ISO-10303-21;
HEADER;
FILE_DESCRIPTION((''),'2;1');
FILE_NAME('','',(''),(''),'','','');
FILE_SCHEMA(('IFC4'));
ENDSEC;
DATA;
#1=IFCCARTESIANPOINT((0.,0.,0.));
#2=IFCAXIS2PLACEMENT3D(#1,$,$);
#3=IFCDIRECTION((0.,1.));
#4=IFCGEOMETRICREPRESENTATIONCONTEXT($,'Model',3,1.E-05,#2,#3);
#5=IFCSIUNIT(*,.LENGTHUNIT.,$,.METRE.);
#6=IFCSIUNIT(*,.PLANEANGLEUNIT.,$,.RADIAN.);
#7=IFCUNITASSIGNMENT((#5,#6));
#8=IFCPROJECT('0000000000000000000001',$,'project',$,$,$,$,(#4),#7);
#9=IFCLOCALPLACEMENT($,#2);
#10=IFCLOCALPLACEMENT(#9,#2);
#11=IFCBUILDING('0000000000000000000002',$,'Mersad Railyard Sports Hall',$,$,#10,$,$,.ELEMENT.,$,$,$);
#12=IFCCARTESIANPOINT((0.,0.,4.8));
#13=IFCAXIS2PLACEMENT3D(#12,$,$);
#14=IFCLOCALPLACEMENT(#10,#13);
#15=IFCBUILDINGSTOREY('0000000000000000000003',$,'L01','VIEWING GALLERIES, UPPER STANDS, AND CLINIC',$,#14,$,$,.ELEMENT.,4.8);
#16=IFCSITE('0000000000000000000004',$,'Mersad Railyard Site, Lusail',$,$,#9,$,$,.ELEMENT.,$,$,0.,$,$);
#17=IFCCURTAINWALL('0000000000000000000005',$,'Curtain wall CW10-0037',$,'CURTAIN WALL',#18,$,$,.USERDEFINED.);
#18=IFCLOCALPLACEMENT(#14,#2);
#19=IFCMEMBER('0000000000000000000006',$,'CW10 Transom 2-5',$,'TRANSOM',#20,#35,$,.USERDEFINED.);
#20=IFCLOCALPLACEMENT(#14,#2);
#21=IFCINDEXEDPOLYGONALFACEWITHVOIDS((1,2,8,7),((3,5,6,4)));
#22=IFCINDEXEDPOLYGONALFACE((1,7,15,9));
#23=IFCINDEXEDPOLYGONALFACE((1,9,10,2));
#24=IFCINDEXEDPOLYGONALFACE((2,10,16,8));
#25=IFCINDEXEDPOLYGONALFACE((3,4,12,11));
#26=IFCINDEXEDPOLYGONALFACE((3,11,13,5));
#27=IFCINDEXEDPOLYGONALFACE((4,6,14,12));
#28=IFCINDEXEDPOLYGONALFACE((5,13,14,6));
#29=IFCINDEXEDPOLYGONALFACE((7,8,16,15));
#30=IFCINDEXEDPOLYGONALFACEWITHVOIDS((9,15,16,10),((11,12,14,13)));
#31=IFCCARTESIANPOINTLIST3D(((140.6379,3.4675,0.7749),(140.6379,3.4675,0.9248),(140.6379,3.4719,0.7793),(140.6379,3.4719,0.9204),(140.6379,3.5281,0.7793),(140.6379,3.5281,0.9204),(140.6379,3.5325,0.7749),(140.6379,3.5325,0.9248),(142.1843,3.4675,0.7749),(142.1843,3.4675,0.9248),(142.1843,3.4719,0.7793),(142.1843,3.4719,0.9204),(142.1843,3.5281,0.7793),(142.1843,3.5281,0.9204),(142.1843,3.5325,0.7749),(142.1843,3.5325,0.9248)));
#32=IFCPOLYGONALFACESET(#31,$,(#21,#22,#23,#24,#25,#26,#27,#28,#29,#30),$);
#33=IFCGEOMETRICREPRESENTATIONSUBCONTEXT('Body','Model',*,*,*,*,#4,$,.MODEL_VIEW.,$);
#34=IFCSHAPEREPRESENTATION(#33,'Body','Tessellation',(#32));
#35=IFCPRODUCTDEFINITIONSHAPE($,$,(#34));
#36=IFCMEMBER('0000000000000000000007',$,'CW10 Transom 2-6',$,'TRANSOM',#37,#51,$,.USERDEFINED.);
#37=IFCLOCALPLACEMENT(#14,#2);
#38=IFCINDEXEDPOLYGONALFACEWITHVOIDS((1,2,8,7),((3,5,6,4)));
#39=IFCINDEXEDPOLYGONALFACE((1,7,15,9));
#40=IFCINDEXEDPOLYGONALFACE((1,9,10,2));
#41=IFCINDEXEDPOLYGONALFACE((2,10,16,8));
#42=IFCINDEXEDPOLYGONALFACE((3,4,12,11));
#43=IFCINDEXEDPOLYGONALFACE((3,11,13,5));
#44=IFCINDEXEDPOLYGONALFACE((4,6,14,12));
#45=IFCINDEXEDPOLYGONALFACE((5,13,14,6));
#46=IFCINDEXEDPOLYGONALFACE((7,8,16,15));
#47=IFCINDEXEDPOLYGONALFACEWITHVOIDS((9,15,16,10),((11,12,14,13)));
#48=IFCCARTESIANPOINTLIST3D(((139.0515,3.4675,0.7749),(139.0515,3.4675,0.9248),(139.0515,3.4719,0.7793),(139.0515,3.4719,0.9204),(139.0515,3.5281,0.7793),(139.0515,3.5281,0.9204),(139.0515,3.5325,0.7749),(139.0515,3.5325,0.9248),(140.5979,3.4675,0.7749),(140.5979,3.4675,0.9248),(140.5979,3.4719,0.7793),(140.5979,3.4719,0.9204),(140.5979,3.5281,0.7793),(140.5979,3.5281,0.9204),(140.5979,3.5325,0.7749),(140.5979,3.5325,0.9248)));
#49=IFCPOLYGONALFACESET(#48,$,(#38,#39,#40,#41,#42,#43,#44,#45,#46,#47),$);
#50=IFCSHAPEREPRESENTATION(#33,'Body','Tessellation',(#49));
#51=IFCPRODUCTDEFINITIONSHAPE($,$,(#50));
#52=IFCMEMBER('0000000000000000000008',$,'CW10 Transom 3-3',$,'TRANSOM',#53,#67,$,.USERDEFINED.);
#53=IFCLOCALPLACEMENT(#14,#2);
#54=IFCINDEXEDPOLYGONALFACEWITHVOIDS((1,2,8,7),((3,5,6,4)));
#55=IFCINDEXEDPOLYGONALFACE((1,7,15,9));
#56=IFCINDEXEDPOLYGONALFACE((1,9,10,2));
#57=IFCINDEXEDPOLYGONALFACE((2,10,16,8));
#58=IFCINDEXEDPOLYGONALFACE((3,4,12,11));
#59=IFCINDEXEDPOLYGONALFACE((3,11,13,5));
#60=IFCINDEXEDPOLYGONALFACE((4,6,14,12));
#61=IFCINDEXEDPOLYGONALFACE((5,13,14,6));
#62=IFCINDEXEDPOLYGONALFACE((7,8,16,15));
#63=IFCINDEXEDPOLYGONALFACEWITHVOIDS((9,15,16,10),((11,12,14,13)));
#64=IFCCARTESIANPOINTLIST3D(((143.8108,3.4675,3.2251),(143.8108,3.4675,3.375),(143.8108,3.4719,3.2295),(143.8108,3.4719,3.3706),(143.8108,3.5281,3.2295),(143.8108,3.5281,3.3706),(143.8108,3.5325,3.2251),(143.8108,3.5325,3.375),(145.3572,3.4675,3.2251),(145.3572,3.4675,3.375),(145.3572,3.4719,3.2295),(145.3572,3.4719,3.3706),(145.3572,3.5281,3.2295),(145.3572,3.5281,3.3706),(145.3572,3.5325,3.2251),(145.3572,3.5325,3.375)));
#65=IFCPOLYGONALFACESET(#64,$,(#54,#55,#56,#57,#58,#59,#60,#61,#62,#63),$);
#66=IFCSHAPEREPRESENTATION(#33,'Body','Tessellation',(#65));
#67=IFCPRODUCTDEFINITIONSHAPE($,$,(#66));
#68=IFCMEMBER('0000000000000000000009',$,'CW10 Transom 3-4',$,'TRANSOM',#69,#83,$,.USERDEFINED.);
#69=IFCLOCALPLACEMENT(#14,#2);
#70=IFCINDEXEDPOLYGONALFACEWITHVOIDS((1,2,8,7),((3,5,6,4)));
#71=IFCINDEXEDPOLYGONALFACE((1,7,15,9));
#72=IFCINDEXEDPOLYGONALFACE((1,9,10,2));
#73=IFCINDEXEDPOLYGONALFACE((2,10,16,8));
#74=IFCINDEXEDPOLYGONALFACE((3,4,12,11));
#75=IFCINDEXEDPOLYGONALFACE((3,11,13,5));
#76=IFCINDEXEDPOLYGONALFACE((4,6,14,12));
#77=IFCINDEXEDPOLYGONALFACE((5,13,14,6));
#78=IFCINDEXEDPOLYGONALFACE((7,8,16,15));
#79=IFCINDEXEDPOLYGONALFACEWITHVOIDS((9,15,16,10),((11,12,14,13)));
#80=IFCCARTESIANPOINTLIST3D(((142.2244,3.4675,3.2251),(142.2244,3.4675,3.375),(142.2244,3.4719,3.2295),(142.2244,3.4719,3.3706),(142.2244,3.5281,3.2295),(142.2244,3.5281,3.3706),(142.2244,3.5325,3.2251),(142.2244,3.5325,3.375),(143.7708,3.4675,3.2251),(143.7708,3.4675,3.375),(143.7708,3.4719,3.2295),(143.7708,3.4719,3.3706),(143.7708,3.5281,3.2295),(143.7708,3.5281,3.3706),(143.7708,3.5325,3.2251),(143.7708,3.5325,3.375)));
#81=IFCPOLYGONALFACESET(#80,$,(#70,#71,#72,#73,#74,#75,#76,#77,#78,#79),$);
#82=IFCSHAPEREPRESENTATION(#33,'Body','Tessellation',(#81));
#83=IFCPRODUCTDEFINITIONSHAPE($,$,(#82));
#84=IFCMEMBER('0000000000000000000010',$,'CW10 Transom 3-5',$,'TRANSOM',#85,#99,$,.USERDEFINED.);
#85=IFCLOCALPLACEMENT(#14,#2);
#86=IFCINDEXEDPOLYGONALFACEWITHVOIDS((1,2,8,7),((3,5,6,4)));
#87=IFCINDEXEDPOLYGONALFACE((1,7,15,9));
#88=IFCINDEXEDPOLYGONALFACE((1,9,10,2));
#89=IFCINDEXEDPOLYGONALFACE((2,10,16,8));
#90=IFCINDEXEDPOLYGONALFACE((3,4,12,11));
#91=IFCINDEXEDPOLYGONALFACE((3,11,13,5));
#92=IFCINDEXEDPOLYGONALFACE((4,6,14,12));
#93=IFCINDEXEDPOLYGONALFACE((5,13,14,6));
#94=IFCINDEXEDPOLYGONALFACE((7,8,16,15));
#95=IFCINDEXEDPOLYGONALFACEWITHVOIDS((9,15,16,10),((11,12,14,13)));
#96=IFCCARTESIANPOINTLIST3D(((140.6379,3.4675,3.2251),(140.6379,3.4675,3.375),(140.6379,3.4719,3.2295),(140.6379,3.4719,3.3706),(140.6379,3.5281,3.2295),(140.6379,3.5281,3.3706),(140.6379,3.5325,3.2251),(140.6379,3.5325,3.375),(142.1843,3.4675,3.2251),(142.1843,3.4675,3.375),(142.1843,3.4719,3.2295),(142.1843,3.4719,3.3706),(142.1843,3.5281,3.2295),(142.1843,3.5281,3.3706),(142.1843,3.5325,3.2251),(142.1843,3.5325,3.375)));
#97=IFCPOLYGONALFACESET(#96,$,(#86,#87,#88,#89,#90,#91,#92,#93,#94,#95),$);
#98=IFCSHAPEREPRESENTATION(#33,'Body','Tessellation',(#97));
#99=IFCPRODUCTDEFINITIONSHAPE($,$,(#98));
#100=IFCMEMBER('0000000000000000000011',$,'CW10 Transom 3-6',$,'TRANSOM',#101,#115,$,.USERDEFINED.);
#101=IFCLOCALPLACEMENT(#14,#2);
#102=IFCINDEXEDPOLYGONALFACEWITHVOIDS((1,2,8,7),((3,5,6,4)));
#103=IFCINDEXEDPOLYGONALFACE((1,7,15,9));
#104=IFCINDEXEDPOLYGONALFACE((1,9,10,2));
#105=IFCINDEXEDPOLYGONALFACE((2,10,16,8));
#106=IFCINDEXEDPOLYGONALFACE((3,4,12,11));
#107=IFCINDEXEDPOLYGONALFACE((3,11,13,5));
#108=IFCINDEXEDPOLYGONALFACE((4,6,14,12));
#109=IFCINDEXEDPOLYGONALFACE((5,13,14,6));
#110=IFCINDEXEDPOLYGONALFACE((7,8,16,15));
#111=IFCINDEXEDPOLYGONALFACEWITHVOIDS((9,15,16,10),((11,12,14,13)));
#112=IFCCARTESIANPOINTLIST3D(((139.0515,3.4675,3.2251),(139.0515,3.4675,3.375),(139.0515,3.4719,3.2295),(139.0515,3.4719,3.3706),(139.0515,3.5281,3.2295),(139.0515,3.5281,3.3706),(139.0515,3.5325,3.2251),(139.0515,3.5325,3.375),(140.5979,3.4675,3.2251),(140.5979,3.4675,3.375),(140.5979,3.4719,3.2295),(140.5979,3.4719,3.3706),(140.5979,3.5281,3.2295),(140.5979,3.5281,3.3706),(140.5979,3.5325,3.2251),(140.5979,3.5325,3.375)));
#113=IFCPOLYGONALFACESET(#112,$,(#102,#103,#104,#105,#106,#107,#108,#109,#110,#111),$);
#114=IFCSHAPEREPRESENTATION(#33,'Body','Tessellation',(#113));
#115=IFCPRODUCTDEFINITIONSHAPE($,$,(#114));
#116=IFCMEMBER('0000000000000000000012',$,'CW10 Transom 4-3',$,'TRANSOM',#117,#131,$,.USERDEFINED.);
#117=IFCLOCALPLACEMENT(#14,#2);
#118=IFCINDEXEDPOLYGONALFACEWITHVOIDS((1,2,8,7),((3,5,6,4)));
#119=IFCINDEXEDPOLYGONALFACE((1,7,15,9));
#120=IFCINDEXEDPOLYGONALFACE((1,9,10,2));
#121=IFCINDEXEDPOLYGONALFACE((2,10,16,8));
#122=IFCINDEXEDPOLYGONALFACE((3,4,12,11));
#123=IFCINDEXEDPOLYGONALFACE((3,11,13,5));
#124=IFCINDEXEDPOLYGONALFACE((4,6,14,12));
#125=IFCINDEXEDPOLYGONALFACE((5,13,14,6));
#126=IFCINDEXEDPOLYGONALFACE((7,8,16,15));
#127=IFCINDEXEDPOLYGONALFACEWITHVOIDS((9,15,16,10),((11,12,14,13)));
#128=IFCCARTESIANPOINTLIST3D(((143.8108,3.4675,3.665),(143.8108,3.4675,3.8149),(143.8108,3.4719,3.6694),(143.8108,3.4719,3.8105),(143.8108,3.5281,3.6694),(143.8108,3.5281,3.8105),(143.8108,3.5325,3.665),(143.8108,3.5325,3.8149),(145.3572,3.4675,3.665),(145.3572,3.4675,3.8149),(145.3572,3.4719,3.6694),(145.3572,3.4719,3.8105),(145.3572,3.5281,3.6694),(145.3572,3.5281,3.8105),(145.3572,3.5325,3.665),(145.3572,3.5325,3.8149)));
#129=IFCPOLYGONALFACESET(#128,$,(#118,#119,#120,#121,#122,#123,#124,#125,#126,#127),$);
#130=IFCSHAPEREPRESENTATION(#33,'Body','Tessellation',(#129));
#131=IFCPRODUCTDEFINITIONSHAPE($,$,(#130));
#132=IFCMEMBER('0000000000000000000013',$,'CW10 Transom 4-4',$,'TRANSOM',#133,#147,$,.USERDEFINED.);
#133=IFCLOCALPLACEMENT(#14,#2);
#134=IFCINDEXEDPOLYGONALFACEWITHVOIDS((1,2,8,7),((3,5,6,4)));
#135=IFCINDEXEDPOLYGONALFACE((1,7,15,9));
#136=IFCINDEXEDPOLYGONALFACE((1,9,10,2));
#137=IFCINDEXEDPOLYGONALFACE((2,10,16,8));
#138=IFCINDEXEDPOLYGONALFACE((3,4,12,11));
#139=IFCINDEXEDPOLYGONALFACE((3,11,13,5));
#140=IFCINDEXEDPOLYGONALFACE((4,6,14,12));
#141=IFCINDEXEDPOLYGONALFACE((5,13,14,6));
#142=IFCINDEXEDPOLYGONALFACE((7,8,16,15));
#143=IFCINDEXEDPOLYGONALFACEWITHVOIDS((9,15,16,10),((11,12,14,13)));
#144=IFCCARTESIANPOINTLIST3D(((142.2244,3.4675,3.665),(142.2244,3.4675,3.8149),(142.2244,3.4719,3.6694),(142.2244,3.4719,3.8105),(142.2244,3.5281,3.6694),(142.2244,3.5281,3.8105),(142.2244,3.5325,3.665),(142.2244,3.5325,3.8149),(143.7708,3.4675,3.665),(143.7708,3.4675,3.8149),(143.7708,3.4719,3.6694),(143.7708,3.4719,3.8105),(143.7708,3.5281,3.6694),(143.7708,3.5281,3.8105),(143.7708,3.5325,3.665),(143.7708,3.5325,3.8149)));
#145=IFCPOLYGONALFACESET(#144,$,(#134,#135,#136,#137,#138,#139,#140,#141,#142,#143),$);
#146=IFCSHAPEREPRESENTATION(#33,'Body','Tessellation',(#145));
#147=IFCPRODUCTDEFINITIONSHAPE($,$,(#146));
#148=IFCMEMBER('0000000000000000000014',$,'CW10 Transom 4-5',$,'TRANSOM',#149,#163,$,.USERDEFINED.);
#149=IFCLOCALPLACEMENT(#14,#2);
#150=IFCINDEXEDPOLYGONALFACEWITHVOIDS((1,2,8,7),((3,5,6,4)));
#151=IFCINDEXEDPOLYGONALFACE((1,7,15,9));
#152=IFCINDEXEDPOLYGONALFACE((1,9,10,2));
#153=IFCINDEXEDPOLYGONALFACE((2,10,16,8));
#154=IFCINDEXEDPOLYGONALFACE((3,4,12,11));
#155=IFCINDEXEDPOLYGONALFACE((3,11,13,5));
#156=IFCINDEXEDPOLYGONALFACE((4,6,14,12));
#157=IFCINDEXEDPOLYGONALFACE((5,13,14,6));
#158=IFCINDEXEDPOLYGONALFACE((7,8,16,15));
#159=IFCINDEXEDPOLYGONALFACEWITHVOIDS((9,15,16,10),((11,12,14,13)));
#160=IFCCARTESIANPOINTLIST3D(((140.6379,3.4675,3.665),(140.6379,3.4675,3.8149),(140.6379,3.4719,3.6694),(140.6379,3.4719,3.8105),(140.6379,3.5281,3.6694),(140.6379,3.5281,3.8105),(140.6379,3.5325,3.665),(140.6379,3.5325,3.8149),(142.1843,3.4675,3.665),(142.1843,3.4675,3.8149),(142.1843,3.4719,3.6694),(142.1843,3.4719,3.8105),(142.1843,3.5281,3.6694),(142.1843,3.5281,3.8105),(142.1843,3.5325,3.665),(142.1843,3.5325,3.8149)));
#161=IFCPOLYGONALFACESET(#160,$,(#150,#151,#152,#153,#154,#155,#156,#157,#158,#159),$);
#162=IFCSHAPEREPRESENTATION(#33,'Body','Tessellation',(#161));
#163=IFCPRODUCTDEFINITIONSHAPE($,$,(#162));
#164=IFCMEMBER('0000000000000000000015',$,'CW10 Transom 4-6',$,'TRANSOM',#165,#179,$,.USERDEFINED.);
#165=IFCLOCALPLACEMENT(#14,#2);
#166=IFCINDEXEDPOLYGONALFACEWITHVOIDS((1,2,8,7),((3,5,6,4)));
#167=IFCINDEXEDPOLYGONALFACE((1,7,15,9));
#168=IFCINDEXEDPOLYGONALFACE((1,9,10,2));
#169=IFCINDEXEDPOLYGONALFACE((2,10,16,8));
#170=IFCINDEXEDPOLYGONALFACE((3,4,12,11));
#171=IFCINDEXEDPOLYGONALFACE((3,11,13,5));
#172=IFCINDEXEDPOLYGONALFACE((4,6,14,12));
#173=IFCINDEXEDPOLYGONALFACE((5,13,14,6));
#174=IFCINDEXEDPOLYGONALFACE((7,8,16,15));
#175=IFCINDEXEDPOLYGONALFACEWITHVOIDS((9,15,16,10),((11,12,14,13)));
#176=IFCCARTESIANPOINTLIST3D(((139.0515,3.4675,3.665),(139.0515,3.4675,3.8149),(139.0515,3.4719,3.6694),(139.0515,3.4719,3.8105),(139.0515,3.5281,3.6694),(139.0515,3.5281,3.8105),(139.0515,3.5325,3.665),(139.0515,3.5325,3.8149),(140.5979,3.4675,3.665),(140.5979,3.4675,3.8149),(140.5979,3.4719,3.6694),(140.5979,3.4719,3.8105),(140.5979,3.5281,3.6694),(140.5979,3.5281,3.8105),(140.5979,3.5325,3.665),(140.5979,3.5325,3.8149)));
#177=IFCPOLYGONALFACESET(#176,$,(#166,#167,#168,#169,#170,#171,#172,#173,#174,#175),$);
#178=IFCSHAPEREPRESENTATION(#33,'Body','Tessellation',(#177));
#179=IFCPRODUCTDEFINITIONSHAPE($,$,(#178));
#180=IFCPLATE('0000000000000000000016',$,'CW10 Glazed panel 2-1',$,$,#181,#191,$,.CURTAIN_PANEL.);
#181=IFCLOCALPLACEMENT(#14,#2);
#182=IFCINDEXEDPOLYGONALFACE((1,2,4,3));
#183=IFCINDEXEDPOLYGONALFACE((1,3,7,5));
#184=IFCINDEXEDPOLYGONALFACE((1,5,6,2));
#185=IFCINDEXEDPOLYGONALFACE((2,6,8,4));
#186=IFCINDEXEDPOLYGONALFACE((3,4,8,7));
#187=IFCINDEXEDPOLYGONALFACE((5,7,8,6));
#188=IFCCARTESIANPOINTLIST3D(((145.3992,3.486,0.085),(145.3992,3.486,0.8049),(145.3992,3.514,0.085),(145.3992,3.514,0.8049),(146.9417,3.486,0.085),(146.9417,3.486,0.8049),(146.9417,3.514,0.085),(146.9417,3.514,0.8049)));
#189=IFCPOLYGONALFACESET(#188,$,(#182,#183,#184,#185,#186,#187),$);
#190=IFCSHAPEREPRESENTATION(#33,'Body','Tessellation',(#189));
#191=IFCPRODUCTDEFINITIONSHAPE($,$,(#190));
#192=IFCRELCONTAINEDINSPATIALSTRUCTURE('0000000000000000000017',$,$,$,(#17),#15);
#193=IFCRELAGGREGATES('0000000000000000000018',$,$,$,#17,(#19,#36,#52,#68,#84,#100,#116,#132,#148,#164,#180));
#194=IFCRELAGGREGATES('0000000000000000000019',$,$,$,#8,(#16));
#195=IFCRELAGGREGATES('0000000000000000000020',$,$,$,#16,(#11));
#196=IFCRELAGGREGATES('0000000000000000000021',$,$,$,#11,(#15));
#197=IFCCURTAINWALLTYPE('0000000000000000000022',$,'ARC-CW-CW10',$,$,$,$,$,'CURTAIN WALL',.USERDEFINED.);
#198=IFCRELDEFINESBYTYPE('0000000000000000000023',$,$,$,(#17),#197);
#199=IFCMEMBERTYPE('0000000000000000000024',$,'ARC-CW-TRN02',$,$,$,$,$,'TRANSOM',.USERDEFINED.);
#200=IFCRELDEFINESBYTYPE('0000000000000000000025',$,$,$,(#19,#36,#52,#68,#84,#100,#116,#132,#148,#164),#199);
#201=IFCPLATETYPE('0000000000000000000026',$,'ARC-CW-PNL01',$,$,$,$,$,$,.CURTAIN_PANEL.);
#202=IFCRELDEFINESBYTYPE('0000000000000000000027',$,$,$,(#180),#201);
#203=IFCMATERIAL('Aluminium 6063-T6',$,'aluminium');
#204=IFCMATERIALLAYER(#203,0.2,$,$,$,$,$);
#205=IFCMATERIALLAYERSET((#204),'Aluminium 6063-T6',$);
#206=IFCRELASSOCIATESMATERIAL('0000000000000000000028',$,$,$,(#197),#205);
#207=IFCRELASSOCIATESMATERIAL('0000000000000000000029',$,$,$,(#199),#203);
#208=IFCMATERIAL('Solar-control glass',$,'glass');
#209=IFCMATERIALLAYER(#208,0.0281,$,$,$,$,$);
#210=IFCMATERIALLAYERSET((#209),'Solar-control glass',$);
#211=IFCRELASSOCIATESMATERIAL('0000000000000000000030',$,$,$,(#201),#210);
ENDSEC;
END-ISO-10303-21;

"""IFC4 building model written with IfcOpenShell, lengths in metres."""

from ifc_helpers import new_model, si_unit, direction, frame, origin, origin_2d, place, context, subcontext, project, spatial, rectangle, hollow_rectangle, extrude, material, layer, layer_set, material_profile, profile_set, type_object, element, aggregate, save


model = new_model("IFC4")

# Units and contexts
model_context = context("Model", 3, precision=1e-05, world=origin(), true_north=direction((0.0, 1.0)))
body_context = subcontext(model_context, "Body", "Model", "MODEL_VIEW")
ifc_project = project(units=[si_unit("LENGTHUNIT", "METRE"), si_unit("PLANEANGLEUNIT", "RADIAN")], contexts=[model_context])

# Site, building, storey
site_placement = place(None, origin())
site = spatial("IfcSite", under=ifc_project, at=site_placement, Name="Mersad Railyard Site, Lusail", CompositionType="ELEMENT", RefElevation=0.0)
building_placement = place(site_placement, origin())
building = spatial("IfcBuilding", under=site, at=building_placement, Name="Mersad Railyard Sports Hall", CompositionType="ELEMENT")
storey_placement = place(building_placement, frame((0.0, 0.0, 4.8)))
storey = spatial("IfcBuildingStorey", under=building, at=storey_placement, Name="L01", Description="VIEWING GALLERIES, UPPER STANDS, AND CLINIC", CompositionType="ELEMENT", Elevation=4.8)

# Curtain wall, members, plate
ifc_material_1 = material(Name="Aluminium 6063-T6", Category="aluminium")
ifc_layer_1 = layer(ifc_material_1, 0.2)
ifc_layer_set_1 = layer_set([ifc_layer_1], Name="Aluminium 6063-T6")
curtain_wall_type = type_object("IfcCurtainWallType", Name="ARC-CW-CW10", ElementType="CURTAIN WALL", PredefinedType="USERDEFINED", material=ifc_layer_set_1)
curtain_wall_placement = place(storey_placement, origin())
curtain_wall = element("IfcCurtainWall", 1, at=curtain_wall_placement, inside=storey, type_object=curtain_wall_type, Name="Curtain wall CW10-0037", ObjectType="CURTAIN WALL", PredefinedType="USERDEFINED")
ifc_material_profile_1 = material_profile(ifc_material_1, hollow_rectangle(XDim=0.0649, YDim=0.1499, WallThickness=0.0044, at=origin_2d()), Name="AL TRANSOM 65x150x4.5")
ifc_profile_set_1 = profile_set([ifc_material_profile_1], Name="Aluminium 6063-T6")
member_type_1 = type_object("IfcMemberType", Name="ARC-CW-TRN02", ElementType="TRANSOM", PredefinedType="USERDEFINED", material=ifc_profile_set_1)
member_1_placement = place(storey_placement, frame((142.1843, 3.5, 0.8499), z_axis=(-1.0, 0.0, 0.0), x_axis=(0.0, -1.0, 0.0)))
member_1 = element("IfcMember", 2, at=member_1_placement, type_object=member_type_1, Name="CW10 Transom 2-5", ObjectType="TRANSOM", PredefinedType="USERDEFINED", context=body_context, shape_type="SweptSolid", body=[
    extrude(hollow_rectangle(XDim=0.0649, YDim=0.1499, WallThickness=0.0044, at=origin_2d()), origin(), (0.0, 0.0, 1.0), 1.5464),
])
member_2_placement = place(storey_placement, frame((140.5979, 3.5, 0.8499), z_axis=(-1.0, 0.0, 0.0), x_axis=(0.0, -1.0, 0.0)))
member_2 = element("IfcMember", 3, at=member_2_placement, type_object=member_type_1, Name="CW10 Transom 2-6", ObjectType="TRANSOM", PredefinedType="USERDEFINED", context=body_context, shape_type="SweptSolid", body=[
    extrude(hollow_rectangle(XDim=0.0649, YDim=0.1499, WallThickness=0.0044, at=origin_2d()), origin(), (0.0, 0.0, 1.0), 1.5464),
])
member_3_placement = place(storey_placement, frame((145.3572, 3.5, 3.3), z_axis=(-1.0, 0.0, 0.0), x_axis=(0.0, -1.0, 0.0)))
member_3 = element("IfcMember", 4, at=member_3_placement, type_object=member_type_1, Name="CW10 Transom 3-3", ObjectType="TRANSOM", PredefinedType="USERDEFINED", context=body_context, shape_type="SweptSolid", body=[
    extrude(hollow_rectangle(XDim=0.0649, YDim=0.1499, WallThickness=0.0044, at=origin_2d()), origin(), (0.0, 0.0, 1.0), 1.5464),
])
member_4_placement = place(storey_placement, frame((143.7708, 3.5, 3.3), z_axis=(-1.0, 0.0, 0.0), x_axis=(0.0, -1.0, 0.0)))
member_4 = element("IfcMember", 5, at=member_4_placement, type_object=member_type_1, Name="CW10 Transom 3-4", ObjectType="TRANSOM", PredefinedType="USERDEFINED", context=body_context, shape_type="SweptSolid", body=[
    extrude(hollow_rectangle(XDim=0.0649, YDim=0.1499, WallThickness=0.0044, at=origin_2d()), origin(), (0.0, 0.0, 1.0), 1.5464),
])
member_5_placement = place(storey_placement, frame((142.1843, 3.5, 3.3), z_axis=(-1.0, 0.0, 0.0), x_axis=(0.0, -1.0, 0.0)))
member_5 = element("IfcMember", 6, at=member_5_placement, type_object=member_type_1, Name="CW10 Transom 3-5", ObjectType="TRANSOM", PredefinedType="USERDEFINED", context=body_context, shape_type="SweptSolid", body=[
    extrude(hollow_rectangle(XDim=0.0649, YDim=0.1499, WallThickness=0.0044, at=origin_2d()), origin(), (0.0, 0.0, 1.0), 1.5464),
])
member_6_placement = place(storey_placement, frame((140.5979, 3.5, 3.3), z_axis=(-1.0, 0.0, 0.0), x_axis=(0.0, -1.0, 0.0)))
member_6 = element("IfcMember", 7, at=member_6_placement, type_object=member_type_1, Name="CW10 Transom 3-6", ObjectType="TRANSOM", PredefinedType="USERDEFINED", context=body_context, shape_type="SweptSolid", body=[
    extrude(hollow_rectangle(XDim=0.0649, YDim=0.1499, WallThickness=0.0044, at=origin_2d()), origin(), (0.0, 0.0, 1.0), 1.5464),
])
member_7_placement = place(storey_placement, frame((145.3572, 3.5, 3.74), z_axis=(-1.0, 0.0, 0.0), x_axis=(0.0, -1.0, 0.0)))
member_7 = element("IfcMember", 8, at=member_7_placement, type_object=member_type_1, Name="CW10 Transom 4-3", ObjectType="TRANSOM", PredefinedType="USERDEFINED", context=body_context, shape_type="SweptSolid", body=[
    extrude(hollow_rectangle(XDim=0.0649, YDim=0.1499, WallThickness=0.0044, at=origin_2d()), origin(), (0.0, 0.0, 1.0), 1.5464),
])
member_8_placement = place(storey_placement, frame((143.7708, 3.5, 3.74), z_axis=(-1.0, 0.0, 0.0), x_axis=(0.0, -1.0, 0.0)))
member_8 = element("IfcMember", 9, at=member_8_placement, type_object=member_type_1, Name="CW10 Transom 4-4", ObjectType="TRANSOM", PredefinedType="USERDEFINED", context=body_context, shape_type="SweptSolid", body=[
    extrude(hollow_rectangle(XDim=0.0649, YDim=0.1499, WallThickness=0.0044, at=origin_2d()), origin(), (0.0, 0.0, 1.0), 1.5464),
])
member_9_placement = place(storey_placement, frame((142.1843, 3.5, 3.74), z_axis=(-1.0, 0.0, 0.0), x_axis=(0.0, -1.0, 0.0)))
member_9 = element("IfcMember", 10, at=member_9_placement, type_object=member_type_1, Name="CW10 Transom 4-5", ObjectType="TRANSOM", PredefinedType="USERDEFINED", context=body_context, shape_type="SweptSolid", body=[
    extrude(hollow_rectangle(XDim=0.0649, YDim=0.1499, WallThickness=0.0044, at=origin_2d()), origin(), (0.0, 0.0, 1.0), 1.5464),
])
member_10_placement = place(storey_placement, frame((140.5979, 3.5, 3.74), z_axis=(-1.0, 0.0, 0.0), x_axis=(0.0, -1.0, 0.0)))
member_10 = element("IfcMember", 11, at=member_10_placement, type_object=member_type_1, Name="CW10 Transom 4-6", ObjectType="TRANSOM", PredefinedType="USERDEFINED", context=body_context, shape_type="SweptSolid", body=[
    extrude(hollow_rectangle(XDim=0.0649, YDim=0.1499, WallThickness=0.0044, at=origin_2d()), origin(), (0.0, 0.0, 1.0), 1.5464),
])
ifc_material_2 = material(Name="Solar-control glass", Category="glass")
ifc_layer_2 = layer(ifc_material_2, 0.0281)
ifc_layer_set_2 = layer_set([ifc_layer_2], Name="Solar-control glass")
plate_type = type_object("IfcPlateType", Name="ARC-CW-PNL01", PredefinedType="CURTAIN_PANEL", material=ifc_layer_set_2)
plate_1_placement = place(storey_placement, frame((146.1704, 3.5, 0.085), z_axis=(0.0, 0.0, 1.0), x_axis=(-1.0, 0.0, 0.0)))
plate_1 = element("IfcPlate", 12, at=plate_1_placement, type_object=plate_type, Name="CW10 Glazed panel 2-1", PredefinedType="CURTAIN_PANEL", context=body_context, shape_type="SweptSolid", body=[
    extrude(rectangle(XDim=1.5425, YDim=0.0281, at=origin_2d()), origin(), (0.0, 0.0, 1.0), 0.72),
])
aggregate(curtain_wall, [member_1, member_2, member_3, member_4, member_5, member_6, member_7, member_8, member_9, member_10, plate_1])

save(model, "model.ifc")
